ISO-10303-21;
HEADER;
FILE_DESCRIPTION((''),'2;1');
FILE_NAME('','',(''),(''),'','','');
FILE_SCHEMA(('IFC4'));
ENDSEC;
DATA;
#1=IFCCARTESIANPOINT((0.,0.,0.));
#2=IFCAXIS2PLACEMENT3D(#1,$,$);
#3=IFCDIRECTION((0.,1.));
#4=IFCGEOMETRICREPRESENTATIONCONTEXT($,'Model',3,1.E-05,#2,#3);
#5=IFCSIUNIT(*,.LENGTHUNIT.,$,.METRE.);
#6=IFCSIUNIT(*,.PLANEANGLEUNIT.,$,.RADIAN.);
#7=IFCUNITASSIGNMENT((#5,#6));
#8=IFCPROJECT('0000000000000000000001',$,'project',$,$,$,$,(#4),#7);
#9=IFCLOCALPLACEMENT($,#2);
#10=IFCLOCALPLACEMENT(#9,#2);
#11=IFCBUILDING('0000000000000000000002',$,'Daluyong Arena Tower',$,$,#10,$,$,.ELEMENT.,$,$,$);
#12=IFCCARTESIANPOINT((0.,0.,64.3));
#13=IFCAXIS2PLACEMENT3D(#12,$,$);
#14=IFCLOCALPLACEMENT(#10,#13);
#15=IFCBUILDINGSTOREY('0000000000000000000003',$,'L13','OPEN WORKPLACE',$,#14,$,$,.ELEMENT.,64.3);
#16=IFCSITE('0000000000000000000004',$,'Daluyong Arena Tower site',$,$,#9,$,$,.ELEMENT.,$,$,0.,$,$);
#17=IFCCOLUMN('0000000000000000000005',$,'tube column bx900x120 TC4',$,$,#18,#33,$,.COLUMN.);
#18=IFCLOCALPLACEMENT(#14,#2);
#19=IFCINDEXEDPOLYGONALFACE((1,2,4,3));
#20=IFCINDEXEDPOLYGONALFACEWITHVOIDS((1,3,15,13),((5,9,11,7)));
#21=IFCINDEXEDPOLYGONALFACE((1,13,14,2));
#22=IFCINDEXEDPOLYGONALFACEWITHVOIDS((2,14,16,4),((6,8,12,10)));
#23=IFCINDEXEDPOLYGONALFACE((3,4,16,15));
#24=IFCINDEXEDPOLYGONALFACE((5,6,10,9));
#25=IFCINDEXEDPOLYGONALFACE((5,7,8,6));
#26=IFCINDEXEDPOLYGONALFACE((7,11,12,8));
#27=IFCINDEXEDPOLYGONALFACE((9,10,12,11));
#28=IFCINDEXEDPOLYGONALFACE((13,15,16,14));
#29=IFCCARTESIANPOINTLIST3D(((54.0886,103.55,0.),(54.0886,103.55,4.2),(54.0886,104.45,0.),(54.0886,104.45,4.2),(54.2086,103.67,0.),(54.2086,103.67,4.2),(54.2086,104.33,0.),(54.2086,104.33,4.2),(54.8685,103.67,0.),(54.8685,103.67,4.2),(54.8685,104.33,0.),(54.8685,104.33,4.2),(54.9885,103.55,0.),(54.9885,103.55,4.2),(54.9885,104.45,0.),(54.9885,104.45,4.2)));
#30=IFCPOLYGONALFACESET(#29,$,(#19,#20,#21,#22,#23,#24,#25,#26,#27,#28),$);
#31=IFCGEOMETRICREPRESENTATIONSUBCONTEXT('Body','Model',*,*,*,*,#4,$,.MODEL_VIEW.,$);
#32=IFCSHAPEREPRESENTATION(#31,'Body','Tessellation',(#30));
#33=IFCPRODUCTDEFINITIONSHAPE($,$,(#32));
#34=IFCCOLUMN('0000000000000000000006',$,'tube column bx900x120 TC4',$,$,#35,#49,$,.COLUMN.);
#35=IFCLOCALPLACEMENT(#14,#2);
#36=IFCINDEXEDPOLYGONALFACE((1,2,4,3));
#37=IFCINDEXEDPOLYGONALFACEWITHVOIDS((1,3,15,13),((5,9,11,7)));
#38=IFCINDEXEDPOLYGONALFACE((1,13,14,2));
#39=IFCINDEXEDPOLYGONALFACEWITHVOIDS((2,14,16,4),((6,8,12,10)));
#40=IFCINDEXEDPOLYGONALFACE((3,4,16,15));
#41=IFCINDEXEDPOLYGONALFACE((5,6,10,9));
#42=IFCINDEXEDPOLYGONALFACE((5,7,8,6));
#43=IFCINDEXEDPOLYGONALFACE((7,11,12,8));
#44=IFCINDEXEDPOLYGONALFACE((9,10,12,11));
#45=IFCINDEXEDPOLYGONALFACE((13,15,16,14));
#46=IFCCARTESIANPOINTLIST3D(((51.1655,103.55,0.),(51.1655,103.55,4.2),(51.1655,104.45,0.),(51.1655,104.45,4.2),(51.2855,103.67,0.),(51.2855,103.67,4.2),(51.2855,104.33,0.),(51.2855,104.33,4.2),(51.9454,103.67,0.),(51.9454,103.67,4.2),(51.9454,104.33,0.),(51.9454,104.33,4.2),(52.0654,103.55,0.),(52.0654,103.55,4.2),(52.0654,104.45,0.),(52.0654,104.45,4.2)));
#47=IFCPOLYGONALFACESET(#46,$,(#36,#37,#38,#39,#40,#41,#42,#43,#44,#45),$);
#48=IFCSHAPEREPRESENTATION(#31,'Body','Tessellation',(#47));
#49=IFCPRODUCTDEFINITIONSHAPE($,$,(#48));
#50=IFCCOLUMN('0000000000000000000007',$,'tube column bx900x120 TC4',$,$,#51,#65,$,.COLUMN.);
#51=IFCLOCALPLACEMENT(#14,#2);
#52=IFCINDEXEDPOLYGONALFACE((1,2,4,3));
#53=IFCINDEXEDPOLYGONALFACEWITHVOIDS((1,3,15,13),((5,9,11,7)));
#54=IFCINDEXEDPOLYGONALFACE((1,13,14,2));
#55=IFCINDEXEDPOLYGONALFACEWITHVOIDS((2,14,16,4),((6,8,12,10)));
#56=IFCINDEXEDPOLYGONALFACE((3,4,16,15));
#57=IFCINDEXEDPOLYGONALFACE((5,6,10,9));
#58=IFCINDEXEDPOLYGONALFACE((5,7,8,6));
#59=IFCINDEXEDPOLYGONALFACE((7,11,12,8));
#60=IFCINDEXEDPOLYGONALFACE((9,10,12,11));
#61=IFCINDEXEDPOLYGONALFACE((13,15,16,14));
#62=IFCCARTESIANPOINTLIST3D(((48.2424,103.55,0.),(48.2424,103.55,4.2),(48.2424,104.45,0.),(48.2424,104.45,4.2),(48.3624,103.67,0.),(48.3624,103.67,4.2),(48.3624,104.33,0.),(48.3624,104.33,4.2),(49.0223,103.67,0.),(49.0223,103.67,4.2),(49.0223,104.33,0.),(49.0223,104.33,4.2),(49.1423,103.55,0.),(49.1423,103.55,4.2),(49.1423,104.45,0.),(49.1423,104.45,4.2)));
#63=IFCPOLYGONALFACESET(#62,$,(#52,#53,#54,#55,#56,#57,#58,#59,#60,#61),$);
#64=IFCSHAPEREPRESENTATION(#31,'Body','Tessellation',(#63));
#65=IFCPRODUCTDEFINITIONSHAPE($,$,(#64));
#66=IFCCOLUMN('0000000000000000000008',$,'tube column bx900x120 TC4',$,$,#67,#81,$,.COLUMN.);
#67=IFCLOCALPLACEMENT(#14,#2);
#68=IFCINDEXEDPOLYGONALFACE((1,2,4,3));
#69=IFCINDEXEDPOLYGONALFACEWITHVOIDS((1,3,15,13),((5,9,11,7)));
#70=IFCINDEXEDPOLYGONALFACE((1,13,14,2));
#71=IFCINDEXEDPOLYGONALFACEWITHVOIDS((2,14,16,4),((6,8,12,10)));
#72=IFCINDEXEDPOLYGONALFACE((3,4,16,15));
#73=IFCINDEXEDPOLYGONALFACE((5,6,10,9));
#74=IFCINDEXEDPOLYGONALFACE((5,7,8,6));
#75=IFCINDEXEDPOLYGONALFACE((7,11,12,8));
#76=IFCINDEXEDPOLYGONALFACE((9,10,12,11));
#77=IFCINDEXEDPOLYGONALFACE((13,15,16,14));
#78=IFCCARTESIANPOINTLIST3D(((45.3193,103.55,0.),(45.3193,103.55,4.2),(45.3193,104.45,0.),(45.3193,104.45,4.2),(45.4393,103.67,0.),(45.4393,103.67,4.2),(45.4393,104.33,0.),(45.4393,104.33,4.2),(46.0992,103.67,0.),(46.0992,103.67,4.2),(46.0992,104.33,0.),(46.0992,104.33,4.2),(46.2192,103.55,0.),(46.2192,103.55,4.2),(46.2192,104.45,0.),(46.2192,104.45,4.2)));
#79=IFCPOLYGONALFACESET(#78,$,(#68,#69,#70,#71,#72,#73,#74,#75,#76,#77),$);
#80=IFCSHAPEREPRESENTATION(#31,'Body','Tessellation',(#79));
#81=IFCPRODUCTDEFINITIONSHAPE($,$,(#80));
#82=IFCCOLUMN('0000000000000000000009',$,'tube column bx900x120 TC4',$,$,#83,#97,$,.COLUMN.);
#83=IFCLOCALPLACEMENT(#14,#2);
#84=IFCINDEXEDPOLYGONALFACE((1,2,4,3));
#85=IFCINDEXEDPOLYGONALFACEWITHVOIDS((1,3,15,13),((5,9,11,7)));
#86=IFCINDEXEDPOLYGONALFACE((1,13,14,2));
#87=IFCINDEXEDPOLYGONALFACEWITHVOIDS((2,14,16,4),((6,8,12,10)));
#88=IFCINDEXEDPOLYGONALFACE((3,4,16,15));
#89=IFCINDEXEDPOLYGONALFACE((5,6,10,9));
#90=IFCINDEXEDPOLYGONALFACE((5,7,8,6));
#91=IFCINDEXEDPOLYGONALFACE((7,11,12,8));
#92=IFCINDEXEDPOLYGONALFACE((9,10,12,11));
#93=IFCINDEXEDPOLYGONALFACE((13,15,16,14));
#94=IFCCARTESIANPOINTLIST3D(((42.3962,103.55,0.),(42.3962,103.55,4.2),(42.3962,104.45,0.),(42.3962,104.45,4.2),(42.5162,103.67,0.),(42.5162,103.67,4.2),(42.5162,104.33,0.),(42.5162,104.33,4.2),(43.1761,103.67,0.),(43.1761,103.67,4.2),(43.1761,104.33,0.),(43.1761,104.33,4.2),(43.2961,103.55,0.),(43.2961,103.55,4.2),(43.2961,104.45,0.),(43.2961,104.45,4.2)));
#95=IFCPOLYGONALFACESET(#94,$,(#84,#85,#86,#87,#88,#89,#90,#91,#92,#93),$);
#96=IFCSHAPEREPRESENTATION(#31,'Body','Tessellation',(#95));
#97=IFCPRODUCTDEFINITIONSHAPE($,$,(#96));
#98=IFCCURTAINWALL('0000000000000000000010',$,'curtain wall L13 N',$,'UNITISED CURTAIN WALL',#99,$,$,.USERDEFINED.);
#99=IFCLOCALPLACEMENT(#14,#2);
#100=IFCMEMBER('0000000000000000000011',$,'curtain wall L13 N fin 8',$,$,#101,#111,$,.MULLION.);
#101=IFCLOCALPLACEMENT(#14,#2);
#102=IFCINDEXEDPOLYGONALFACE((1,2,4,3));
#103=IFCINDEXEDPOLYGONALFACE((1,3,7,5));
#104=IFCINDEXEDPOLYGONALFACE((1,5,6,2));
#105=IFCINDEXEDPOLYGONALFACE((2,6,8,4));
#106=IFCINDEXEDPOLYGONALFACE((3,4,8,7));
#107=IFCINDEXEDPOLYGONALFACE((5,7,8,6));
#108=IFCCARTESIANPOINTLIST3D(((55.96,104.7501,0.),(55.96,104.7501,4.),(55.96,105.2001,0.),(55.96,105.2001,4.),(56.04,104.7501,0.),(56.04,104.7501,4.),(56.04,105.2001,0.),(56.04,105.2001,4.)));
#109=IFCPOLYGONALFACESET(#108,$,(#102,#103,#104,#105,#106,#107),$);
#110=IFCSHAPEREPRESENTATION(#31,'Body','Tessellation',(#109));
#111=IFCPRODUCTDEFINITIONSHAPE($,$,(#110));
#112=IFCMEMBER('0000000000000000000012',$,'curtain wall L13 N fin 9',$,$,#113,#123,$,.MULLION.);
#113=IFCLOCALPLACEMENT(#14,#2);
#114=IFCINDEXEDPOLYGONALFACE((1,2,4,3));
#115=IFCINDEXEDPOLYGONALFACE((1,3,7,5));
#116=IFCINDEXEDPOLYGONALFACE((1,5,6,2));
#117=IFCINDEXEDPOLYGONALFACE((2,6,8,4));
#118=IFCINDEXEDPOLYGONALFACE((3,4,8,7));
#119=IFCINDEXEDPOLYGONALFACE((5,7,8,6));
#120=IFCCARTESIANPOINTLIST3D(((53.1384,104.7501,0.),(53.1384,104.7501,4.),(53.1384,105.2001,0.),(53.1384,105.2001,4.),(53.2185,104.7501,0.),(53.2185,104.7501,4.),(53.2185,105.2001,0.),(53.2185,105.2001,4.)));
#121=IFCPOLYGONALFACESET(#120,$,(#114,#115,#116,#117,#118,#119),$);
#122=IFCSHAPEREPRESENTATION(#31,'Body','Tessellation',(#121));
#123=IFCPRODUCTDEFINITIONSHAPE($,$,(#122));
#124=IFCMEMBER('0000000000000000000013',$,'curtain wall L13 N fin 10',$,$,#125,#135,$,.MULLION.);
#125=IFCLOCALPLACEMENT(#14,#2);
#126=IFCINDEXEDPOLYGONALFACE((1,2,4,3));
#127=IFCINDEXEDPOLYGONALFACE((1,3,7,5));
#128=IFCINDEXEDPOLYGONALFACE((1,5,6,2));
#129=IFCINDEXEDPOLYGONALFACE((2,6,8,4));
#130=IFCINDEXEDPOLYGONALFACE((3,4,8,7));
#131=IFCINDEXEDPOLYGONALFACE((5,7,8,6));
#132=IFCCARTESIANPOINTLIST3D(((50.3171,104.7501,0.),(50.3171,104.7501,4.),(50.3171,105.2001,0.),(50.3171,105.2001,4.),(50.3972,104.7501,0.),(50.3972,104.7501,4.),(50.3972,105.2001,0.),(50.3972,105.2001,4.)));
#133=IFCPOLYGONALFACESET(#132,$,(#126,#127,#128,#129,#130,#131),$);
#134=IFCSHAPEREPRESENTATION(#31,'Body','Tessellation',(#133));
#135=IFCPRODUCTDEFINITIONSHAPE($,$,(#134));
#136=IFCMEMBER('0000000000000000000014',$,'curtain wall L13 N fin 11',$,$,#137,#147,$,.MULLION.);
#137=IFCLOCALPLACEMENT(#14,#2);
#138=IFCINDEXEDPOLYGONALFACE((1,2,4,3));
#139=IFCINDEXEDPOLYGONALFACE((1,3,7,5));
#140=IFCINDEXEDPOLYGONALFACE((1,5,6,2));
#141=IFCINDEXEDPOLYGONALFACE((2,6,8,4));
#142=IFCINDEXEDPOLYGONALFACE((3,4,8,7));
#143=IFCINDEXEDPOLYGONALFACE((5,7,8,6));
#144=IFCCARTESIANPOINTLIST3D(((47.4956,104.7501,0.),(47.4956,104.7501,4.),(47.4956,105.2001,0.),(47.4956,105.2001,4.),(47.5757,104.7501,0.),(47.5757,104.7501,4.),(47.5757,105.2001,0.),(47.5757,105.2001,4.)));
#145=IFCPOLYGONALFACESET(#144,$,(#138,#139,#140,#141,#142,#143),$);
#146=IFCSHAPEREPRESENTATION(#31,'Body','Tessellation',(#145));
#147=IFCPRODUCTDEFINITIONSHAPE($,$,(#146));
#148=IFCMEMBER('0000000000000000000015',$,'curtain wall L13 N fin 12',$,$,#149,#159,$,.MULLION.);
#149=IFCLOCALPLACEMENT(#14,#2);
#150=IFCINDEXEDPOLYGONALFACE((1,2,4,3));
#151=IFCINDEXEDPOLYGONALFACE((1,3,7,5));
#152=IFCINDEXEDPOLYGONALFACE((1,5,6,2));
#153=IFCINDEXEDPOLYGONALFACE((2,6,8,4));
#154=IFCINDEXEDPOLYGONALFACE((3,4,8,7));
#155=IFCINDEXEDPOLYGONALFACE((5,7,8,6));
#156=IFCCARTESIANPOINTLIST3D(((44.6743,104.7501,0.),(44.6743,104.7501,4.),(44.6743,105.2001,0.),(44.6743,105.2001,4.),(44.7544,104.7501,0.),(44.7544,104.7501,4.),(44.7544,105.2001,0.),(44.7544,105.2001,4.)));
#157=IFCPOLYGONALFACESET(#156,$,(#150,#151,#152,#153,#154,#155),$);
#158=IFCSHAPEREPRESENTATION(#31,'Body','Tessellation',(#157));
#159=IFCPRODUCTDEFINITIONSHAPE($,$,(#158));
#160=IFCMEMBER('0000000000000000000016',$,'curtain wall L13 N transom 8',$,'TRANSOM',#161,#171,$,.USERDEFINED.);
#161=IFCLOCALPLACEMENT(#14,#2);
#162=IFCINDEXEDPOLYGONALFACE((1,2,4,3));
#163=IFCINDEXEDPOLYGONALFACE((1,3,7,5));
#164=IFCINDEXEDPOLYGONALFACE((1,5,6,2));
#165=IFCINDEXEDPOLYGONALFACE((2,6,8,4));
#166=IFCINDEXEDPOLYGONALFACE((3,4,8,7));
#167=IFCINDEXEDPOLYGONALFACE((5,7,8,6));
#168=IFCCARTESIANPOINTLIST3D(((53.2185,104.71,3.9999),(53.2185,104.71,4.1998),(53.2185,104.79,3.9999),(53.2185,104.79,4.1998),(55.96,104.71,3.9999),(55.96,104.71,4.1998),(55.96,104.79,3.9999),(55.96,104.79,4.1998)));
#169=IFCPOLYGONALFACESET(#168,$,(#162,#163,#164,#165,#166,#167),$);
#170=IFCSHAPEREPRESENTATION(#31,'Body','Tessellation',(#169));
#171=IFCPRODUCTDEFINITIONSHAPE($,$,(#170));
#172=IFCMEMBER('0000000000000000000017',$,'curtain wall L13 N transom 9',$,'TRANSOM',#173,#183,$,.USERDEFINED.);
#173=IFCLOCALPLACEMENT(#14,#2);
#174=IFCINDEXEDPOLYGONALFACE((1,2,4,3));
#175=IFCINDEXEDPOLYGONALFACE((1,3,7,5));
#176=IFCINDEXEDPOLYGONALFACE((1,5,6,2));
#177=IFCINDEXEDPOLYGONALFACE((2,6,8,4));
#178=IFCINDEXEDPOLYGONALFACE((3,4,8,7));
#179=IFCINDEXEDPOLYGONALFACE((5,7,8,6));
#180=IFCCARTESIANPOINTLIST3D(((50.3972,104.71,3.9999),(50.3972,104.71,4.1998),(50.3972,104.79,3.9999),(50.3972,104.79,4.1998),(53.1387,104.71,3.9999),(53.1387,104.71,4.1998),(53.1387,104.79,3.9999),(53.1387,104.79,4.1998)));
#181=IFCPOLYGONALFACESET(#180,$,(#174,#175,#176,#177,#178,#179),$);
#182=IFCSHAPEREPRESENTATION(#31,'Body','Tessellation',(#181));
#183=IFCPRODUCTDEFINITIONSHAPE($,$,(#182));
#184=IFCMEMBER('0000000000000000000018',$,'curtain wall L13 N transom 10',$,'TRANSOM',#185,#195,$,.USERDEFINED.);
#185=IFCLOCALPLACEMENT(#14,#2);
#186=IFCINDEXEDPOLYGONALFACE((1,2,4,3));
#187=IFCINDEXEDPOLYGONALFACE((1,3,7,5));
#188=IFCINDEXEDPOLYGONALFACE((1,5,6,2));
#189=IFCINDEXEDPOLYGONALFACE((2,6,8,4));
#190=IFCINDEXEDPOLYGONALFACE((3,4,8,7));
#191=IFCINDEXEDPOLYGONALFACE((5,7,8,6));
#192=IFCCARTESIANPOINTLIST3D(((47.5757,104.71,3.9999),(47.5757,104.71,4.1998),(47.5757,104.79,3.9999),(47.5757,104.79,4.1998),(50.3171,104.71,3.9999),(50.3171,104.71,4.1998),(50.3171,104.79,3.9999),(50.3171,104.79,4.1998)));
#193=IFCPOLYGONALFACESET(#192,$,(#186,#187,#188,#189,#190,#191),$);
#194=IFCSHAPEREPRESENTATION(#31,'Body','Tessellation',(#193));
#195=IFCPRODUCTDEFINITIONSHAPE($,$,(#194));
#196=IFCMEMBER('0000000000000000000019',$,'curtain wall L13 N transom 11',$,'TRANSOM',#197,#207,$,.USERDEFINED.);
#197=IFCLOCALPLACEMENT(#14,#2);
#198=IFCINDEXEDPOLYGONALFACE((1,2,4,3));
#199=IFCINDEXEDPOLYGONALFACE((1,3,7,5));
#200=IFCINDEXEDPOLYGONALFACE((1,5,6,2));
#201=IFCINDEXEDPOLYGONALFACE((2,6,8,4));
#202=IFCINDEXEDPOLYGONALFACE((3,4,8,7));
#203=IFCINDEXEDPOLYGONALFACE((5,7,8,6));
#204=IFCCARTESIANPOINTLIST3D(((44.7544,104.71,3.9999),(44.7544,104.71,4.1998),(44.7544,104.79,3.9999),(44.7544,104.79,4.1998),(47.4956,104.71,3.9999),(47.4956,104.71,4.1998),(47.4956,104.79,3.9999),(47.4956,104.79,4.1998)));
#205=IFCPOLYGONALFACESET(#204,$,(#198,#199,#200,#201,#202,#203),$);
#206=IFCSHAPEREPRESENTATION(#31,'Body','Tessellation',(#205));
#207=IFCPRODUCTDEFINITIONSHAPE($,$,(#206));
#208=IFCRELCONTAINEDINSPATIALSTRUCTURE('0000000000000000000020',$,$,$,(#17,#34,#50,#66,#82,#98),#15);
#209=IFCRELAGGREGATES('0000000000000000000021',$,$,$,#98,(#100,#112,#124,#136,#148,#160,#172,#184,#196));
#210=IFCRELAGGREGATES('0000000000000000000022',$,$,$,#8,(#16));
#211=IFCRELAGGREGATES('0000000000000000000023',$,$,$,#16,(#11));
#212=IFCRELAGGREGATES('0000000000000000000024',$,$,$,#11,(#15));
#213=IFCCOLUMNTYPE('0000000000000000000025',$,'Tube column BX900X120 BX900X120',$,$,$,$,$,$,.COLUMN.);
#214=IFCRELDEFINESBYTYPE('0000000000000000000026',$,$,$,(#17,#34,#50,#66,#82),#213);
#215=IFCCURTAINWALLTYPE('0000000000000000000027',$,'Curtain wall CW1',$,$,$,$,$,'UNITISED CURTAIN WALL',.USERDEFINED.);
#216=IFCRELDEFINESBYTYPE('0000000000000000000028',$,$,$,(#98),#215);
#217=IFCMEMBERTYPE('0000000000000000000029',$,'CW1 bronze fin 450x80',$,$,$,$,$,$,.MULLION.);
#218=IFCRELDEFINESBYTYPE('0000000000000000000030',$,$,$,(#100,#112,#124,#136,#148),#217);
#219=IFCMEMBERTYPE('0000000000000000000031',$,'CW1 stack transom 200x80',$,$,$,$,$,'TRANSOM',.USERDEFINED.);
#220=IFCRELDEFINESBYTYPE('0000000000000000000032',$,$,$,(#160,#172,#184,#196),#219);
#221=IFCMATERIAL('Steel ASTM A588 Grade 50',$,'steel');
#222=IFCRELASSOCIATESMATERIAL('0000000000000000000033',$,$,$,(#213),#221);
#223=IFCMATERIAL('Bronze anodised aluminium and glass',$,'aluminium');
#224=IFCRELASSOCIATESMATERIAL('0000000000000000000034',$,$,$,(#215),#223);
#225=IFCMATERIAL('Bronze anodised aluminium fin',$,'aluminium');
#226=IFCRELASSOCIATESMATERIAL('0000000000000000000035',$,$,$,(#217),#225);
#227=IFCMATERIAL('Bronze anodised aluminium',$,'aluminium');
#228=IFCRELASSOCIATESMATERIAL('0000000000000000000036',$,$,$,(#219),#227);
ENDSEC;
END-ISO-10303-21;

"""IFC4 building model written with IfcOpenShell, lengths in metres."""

from ifc_helpers import new_model, si_unit, direction, frame, origin, origin_2d, place, context, subcontext, project, spatial, rectangle, hollow_rectangle, extrude, material, material_profile, profile_set, type_object, element, aggregate, save


model = new_model("IFC4")

# Units and contexts
model_context = context("Model", 3, precision=1e-05, world=origin(), true_north=direction((0.0, 1.0)))
body_context = subcontext(model_context, "Body", "Model", "MODEL_VIEW")
ifc_project = project(units=[si_unit("LENGTHUNIT", "METRE"), si_unit("PLANEANGLEUNIT", "RADIAN")], contexts=[model_context])

# Site, building, storey
site_placement = place(None, origin())
site = spatial("IfcSite", under=ifc_project, at=site_placement, Name="Daluyong Arena Tower site", CompositionType="ELEMENT", RefElevation=0.0)
building_placement = place(site_placement, origin())
building = spatial("IfcBuilding", under=site, at=building_placement, Name="Daluyong Arena Tower", CompositionType="ELEMENT")
storey_placement = place(building_placement, frame((0.0, 0.0, 64.3)))
storey = spatial("IfcBuildingStorey", under=building, at=storey_placement, Name="L13", Description="OPEN WORKPLACE", CompositionType="ELEMENT", Elevation=64.3)

# Columns
ifc_material_1 = material(Name="Steel ASTM A588 Grade 50", Category="steel")
ifc_material_profile_1 = material_profile(ifc_material_1, hollow_rectangle(XDim=0.8999, YDim=0.8999, WallThickness=0.12, at=origin_2d()))
ifc_profile_set_1 = profile_set([ifc_material_profile_1], Name="Steel ASTM A588 Grade 50")
column_type = type_object("IfcColumnType", Name="Tube column BX900X120 BX900X120", PredefinedType="COLUMN", material=ifc_profile_set_1)
for number, where, z_axis, x_axis, name in (
    (1, (54.5386, 104.0, 0.0), (0.0, 0.0, 1.0), (1.0, 0.0, 0.0), "tube column bx900x120 TC4"),
    (2, (51.6155, 104.0, 0.0), (0.0, 0.0, 1.0), (1.0, 0.0, 0.0), "tube column bx900x120 TC4"),
    (3, (48.6924, 104.0, 0.0), (0.0, 0.0, 1.0), (1.0, 0.0, 0.0), "tube column bx900x120 TC4"),
    (4, (45.7693, 104.0, 0.0), (0.0, 0.0, 1.0), (1.0, 0.0, 0.0), "tube column bx900x120 TC4"),
    (5, (42.8462, 104.0, 0.0), (0.0, 0.0, 1.0), (1.0, 0.0, 0.0), "tube column bx900x120 TC4"),
):
    element("IfcColumn", number, at=place(storey_placement, frame(where, z_axis=z_axis, x_axis=x_axis)), inside=storey, type_object=column_type, Name=name, PredefinedType="COLUMN", context=body_context, shape_type="SweptSolid", body=[
        extrude(hollow_rectangle(XDim=0.8999, YDim=0.8999, WallThickness=0.12, at=origin_2d()), origin(), (0.0, 0.0, 1.0), 4.2),
    ])

# Curtain wall, members
ifc_material_2 = material(Name="Bronze anodised aluminium and glass", Category="aluminium")
curtain_wall_type = type_object("IfcCurtainWallType", Name="Curtain wall CW1", ElementType="UNITISED CURTAIN WALL", PredefinedType="USERDEFINED", material=ifc_material_2)
curtain_wall_placement = place(storey_placement, origin())
curtain_wall = element("IfcCurtainWall", 6, at=curtain_wall_placement, inside=storey, type_object=curtain_wall_type, Name="curtain wall L13 N", ObjectType="UNITISED CURTAIN WALL", PredefinedType="USERDEFINED")
ifc_material_3 = material(Name="Bronze anodised aluminium fin", Category="aluminium")
ifc_material_profile_2 = material_profile(ifc_material_3, rectangle(XDim=0.45, YDim=0.0801, at=origin_2d()))
ifc_profile_set_2 = profile_set([ifc_material_profile_2], Name="Bronze anodised aluminium fin")
member_type_1 = type_object("IfcMemberType", Name="CW1 bronze fin 450x80", PredefinedType="MULLION", material=ifc_profile_set_2)
member_1_placement = place(storey_placement, frame((56.0, 104.9751, 0.0), z_axis=(0.0, 0.0, 1.0), x_axis=(0.0, -1.0, 0.0)))
member_1 = element("IfcMember", 7, at=member_1_placement, type_object=member_type_1, Name="curtain wall L13 N fin 8", PredefinedType="MULLION", context=body_context, shape_type="SweptSolid", body=[
    extrude(rectangle(XDim=0.45, YDim=0.0801, at=origin_2d()), origin(), (0.0, 0.0, 1.0), 4.0),
])
member_2_placement = place(storey_placement, frame((53.1785, 104.9751, 0.0), z_axis=(0.0, 0.0, 1.0), x_axis=(0.0, -1.0, 0.0)))
member_2 = element("IfcMember", 8, at=member_2_placement, type_object=member_type_1, Name="curtain wall L13 N fin 9", PredefinedType="MULLION", context=body_context, shape_type="SweptSolid", body=[
    extrude(rectangle(XDim=0.45, YDim=0.0801, at=origin_2d()), origin(), (0.0, 0.0, 1.0), 4.0),
])
member_3_placement = place(storey_placement, frame((50.3572, 104.9751, 0.0), z_axis=(0.0, 0.0, 1.0), x_axis=(0.0, -1.0, 0.0)))
member_3 = element("IfcMember", 9, at=member_3_placement, type_object=member_type_1, Name="curtain wall L13 N fin 10", PredefinedType="MULLION", context=body_context, shape_type="SweptSolid", body=[
    extrude(rectangle(XDim=0.45, YDim=0.0801, at=origin_2d()), origin(), (0.0, 0.0, 1.0), 4.0),
])
member_4_placement = place(storey_placement, frame((47.5356, 104.9751, 0.0), z_axis=(0.0, 0.0, 1.0), x_axis=(0.0, -1.0, 0.0)))
member_4 = element("IfcMember", 10, at=member_4_placement, type_object=member_type_1, Name="curtain wall L13 N fin 11", PredefinedType="MULLION", context=body_context, shape_type="SweptSolid", body=[
    extrude(rectangle(XDim=0.45, YDim=0.0801, at=origin_2d()), origin(), (0.0, 0.0, 1.0), 4.0),
])
member_5_placement = place(storey_placement, frame((44.7144, 104.9751, 0.0), z_axis=(0.0, 0.0, 1.0), x_axis=(0.0, -1.0, 0.0)))
member_5 = element("IfcMember", 11, at=member_5_placement, type_object=member_type_1, Name="curtain wall L13 N fin 12", PredefinedType="MULLION", context=body_context, shape_type="SweptSolid", body=[
    extrude(rectangle(XDim=0.45, YDim=0.0801, at=origin_2d()), origin(), (0.0, 0.0, 1.0), 4.0),
])
ifc_material_4 = material(Name="Bronze anodised aluminium", Category="aluminium")
ifc_material_profile_3 = material_profile(ifc_material_4, rectangle(XDim=0.0801, YDim=0.2, at=origin_2d()))
ifc_profile_set_3 = profile_set([ifc_material_profile_3], Name="Bronze anodised aluminium")
member_type_2 = type_object("IfcMemberType", Name="CW1 stack transom 200x80", ElementType="TRANSOM", PredefinedType="USERDEFINED", material=ifc_profile_set_3)
member_6_placement = place(storey_placement, frame((55.96, 104.75, 4.0999), z_axis=(-1.0, 0.0, 0.0), x_axis=(0.0, -1.0, 0.0)))
member_6 = element("IfcMember", 12, at=member_6_placement, type_object=member_type_2, Name="curtain wall L13 N transom 8", ObjectType="TRANSOM", PredefinedType="USERDEFINED", context=body_context, shape_type="SweptSolid", body=[
    extrude(rectangle(XDim=0.0801, YDim=0.2, at=origin_2d()), origin(), (0.0, 0.0, 1.0), 2.7415),
])
member_7_placement = place(storey_placement, frame((53.1387, 104.75, 4.0999), z_axis=(-1.0, 0.0, 0.0), x_axis=(0.0, -1.0, 0.0)))
member_7 = element("IfcMember", 13, at=member_7_placement, type_object=member_type_2, Name="curtain wall L13 N transom 9", ObjectType="TRANSOM", PredefinedType="USERDEFINED", context=body_context, shape_type="SweptSolid", body=[
    extrude(rectangle(XDim=0.0801, YDim=0.2, at=origin_2d()), origin(), (0.0, 0.0, 1.0), 2.7415),
])
member_8_placement = place(storey_placement, frame((50.3171, 104.75, 4.0999), z_axis=(-1.0, 0.0, 0.0), x_axis=(0.0, -1.0, 0.0)))
member_8 = element("IfcMember", 14, at=member_8_placement, type_object=member_type_2, Name="curtain wall L13 N transom 10", ObjectType="TRANSOM", PredefinedType="USERDEFINED", context=body_context, shape_type="SweptSolid", body=[
    extrude(rectangle(XDim=0.0801, YDim=0.2, at=origin_2d()), origin(), (0.0, 0.0, 1.0), 2.7415),
])
member_9_placement = place(storey_placement, frame((47.4956, 104.75, 4.0999), z_axis=(-1.0, 0.0, 0.0), x_axis=(0.0, -1.0, 0.0)))
member_9 = element("IfcMember", 15, at=member_9_placement, type_object=member_type_2, Name="curtain wall L13 N transom 11", ObjectType="TRANSOM", PredefinedType="USERDEFINED", context=body_context, shape_type="SweptSolid", body=[
    extrude(rectangle(XDim=0.0801, YDim=0.2, at=origin_2d()), origin(), (0.0, 0.0, 1.0), 2.7412),
])

aggregate(curtain_wall, [member_1, member_2, member_3, member_4, member_5, member_6, member_7, member_8, member_9])

save(model, "model.ifc")
